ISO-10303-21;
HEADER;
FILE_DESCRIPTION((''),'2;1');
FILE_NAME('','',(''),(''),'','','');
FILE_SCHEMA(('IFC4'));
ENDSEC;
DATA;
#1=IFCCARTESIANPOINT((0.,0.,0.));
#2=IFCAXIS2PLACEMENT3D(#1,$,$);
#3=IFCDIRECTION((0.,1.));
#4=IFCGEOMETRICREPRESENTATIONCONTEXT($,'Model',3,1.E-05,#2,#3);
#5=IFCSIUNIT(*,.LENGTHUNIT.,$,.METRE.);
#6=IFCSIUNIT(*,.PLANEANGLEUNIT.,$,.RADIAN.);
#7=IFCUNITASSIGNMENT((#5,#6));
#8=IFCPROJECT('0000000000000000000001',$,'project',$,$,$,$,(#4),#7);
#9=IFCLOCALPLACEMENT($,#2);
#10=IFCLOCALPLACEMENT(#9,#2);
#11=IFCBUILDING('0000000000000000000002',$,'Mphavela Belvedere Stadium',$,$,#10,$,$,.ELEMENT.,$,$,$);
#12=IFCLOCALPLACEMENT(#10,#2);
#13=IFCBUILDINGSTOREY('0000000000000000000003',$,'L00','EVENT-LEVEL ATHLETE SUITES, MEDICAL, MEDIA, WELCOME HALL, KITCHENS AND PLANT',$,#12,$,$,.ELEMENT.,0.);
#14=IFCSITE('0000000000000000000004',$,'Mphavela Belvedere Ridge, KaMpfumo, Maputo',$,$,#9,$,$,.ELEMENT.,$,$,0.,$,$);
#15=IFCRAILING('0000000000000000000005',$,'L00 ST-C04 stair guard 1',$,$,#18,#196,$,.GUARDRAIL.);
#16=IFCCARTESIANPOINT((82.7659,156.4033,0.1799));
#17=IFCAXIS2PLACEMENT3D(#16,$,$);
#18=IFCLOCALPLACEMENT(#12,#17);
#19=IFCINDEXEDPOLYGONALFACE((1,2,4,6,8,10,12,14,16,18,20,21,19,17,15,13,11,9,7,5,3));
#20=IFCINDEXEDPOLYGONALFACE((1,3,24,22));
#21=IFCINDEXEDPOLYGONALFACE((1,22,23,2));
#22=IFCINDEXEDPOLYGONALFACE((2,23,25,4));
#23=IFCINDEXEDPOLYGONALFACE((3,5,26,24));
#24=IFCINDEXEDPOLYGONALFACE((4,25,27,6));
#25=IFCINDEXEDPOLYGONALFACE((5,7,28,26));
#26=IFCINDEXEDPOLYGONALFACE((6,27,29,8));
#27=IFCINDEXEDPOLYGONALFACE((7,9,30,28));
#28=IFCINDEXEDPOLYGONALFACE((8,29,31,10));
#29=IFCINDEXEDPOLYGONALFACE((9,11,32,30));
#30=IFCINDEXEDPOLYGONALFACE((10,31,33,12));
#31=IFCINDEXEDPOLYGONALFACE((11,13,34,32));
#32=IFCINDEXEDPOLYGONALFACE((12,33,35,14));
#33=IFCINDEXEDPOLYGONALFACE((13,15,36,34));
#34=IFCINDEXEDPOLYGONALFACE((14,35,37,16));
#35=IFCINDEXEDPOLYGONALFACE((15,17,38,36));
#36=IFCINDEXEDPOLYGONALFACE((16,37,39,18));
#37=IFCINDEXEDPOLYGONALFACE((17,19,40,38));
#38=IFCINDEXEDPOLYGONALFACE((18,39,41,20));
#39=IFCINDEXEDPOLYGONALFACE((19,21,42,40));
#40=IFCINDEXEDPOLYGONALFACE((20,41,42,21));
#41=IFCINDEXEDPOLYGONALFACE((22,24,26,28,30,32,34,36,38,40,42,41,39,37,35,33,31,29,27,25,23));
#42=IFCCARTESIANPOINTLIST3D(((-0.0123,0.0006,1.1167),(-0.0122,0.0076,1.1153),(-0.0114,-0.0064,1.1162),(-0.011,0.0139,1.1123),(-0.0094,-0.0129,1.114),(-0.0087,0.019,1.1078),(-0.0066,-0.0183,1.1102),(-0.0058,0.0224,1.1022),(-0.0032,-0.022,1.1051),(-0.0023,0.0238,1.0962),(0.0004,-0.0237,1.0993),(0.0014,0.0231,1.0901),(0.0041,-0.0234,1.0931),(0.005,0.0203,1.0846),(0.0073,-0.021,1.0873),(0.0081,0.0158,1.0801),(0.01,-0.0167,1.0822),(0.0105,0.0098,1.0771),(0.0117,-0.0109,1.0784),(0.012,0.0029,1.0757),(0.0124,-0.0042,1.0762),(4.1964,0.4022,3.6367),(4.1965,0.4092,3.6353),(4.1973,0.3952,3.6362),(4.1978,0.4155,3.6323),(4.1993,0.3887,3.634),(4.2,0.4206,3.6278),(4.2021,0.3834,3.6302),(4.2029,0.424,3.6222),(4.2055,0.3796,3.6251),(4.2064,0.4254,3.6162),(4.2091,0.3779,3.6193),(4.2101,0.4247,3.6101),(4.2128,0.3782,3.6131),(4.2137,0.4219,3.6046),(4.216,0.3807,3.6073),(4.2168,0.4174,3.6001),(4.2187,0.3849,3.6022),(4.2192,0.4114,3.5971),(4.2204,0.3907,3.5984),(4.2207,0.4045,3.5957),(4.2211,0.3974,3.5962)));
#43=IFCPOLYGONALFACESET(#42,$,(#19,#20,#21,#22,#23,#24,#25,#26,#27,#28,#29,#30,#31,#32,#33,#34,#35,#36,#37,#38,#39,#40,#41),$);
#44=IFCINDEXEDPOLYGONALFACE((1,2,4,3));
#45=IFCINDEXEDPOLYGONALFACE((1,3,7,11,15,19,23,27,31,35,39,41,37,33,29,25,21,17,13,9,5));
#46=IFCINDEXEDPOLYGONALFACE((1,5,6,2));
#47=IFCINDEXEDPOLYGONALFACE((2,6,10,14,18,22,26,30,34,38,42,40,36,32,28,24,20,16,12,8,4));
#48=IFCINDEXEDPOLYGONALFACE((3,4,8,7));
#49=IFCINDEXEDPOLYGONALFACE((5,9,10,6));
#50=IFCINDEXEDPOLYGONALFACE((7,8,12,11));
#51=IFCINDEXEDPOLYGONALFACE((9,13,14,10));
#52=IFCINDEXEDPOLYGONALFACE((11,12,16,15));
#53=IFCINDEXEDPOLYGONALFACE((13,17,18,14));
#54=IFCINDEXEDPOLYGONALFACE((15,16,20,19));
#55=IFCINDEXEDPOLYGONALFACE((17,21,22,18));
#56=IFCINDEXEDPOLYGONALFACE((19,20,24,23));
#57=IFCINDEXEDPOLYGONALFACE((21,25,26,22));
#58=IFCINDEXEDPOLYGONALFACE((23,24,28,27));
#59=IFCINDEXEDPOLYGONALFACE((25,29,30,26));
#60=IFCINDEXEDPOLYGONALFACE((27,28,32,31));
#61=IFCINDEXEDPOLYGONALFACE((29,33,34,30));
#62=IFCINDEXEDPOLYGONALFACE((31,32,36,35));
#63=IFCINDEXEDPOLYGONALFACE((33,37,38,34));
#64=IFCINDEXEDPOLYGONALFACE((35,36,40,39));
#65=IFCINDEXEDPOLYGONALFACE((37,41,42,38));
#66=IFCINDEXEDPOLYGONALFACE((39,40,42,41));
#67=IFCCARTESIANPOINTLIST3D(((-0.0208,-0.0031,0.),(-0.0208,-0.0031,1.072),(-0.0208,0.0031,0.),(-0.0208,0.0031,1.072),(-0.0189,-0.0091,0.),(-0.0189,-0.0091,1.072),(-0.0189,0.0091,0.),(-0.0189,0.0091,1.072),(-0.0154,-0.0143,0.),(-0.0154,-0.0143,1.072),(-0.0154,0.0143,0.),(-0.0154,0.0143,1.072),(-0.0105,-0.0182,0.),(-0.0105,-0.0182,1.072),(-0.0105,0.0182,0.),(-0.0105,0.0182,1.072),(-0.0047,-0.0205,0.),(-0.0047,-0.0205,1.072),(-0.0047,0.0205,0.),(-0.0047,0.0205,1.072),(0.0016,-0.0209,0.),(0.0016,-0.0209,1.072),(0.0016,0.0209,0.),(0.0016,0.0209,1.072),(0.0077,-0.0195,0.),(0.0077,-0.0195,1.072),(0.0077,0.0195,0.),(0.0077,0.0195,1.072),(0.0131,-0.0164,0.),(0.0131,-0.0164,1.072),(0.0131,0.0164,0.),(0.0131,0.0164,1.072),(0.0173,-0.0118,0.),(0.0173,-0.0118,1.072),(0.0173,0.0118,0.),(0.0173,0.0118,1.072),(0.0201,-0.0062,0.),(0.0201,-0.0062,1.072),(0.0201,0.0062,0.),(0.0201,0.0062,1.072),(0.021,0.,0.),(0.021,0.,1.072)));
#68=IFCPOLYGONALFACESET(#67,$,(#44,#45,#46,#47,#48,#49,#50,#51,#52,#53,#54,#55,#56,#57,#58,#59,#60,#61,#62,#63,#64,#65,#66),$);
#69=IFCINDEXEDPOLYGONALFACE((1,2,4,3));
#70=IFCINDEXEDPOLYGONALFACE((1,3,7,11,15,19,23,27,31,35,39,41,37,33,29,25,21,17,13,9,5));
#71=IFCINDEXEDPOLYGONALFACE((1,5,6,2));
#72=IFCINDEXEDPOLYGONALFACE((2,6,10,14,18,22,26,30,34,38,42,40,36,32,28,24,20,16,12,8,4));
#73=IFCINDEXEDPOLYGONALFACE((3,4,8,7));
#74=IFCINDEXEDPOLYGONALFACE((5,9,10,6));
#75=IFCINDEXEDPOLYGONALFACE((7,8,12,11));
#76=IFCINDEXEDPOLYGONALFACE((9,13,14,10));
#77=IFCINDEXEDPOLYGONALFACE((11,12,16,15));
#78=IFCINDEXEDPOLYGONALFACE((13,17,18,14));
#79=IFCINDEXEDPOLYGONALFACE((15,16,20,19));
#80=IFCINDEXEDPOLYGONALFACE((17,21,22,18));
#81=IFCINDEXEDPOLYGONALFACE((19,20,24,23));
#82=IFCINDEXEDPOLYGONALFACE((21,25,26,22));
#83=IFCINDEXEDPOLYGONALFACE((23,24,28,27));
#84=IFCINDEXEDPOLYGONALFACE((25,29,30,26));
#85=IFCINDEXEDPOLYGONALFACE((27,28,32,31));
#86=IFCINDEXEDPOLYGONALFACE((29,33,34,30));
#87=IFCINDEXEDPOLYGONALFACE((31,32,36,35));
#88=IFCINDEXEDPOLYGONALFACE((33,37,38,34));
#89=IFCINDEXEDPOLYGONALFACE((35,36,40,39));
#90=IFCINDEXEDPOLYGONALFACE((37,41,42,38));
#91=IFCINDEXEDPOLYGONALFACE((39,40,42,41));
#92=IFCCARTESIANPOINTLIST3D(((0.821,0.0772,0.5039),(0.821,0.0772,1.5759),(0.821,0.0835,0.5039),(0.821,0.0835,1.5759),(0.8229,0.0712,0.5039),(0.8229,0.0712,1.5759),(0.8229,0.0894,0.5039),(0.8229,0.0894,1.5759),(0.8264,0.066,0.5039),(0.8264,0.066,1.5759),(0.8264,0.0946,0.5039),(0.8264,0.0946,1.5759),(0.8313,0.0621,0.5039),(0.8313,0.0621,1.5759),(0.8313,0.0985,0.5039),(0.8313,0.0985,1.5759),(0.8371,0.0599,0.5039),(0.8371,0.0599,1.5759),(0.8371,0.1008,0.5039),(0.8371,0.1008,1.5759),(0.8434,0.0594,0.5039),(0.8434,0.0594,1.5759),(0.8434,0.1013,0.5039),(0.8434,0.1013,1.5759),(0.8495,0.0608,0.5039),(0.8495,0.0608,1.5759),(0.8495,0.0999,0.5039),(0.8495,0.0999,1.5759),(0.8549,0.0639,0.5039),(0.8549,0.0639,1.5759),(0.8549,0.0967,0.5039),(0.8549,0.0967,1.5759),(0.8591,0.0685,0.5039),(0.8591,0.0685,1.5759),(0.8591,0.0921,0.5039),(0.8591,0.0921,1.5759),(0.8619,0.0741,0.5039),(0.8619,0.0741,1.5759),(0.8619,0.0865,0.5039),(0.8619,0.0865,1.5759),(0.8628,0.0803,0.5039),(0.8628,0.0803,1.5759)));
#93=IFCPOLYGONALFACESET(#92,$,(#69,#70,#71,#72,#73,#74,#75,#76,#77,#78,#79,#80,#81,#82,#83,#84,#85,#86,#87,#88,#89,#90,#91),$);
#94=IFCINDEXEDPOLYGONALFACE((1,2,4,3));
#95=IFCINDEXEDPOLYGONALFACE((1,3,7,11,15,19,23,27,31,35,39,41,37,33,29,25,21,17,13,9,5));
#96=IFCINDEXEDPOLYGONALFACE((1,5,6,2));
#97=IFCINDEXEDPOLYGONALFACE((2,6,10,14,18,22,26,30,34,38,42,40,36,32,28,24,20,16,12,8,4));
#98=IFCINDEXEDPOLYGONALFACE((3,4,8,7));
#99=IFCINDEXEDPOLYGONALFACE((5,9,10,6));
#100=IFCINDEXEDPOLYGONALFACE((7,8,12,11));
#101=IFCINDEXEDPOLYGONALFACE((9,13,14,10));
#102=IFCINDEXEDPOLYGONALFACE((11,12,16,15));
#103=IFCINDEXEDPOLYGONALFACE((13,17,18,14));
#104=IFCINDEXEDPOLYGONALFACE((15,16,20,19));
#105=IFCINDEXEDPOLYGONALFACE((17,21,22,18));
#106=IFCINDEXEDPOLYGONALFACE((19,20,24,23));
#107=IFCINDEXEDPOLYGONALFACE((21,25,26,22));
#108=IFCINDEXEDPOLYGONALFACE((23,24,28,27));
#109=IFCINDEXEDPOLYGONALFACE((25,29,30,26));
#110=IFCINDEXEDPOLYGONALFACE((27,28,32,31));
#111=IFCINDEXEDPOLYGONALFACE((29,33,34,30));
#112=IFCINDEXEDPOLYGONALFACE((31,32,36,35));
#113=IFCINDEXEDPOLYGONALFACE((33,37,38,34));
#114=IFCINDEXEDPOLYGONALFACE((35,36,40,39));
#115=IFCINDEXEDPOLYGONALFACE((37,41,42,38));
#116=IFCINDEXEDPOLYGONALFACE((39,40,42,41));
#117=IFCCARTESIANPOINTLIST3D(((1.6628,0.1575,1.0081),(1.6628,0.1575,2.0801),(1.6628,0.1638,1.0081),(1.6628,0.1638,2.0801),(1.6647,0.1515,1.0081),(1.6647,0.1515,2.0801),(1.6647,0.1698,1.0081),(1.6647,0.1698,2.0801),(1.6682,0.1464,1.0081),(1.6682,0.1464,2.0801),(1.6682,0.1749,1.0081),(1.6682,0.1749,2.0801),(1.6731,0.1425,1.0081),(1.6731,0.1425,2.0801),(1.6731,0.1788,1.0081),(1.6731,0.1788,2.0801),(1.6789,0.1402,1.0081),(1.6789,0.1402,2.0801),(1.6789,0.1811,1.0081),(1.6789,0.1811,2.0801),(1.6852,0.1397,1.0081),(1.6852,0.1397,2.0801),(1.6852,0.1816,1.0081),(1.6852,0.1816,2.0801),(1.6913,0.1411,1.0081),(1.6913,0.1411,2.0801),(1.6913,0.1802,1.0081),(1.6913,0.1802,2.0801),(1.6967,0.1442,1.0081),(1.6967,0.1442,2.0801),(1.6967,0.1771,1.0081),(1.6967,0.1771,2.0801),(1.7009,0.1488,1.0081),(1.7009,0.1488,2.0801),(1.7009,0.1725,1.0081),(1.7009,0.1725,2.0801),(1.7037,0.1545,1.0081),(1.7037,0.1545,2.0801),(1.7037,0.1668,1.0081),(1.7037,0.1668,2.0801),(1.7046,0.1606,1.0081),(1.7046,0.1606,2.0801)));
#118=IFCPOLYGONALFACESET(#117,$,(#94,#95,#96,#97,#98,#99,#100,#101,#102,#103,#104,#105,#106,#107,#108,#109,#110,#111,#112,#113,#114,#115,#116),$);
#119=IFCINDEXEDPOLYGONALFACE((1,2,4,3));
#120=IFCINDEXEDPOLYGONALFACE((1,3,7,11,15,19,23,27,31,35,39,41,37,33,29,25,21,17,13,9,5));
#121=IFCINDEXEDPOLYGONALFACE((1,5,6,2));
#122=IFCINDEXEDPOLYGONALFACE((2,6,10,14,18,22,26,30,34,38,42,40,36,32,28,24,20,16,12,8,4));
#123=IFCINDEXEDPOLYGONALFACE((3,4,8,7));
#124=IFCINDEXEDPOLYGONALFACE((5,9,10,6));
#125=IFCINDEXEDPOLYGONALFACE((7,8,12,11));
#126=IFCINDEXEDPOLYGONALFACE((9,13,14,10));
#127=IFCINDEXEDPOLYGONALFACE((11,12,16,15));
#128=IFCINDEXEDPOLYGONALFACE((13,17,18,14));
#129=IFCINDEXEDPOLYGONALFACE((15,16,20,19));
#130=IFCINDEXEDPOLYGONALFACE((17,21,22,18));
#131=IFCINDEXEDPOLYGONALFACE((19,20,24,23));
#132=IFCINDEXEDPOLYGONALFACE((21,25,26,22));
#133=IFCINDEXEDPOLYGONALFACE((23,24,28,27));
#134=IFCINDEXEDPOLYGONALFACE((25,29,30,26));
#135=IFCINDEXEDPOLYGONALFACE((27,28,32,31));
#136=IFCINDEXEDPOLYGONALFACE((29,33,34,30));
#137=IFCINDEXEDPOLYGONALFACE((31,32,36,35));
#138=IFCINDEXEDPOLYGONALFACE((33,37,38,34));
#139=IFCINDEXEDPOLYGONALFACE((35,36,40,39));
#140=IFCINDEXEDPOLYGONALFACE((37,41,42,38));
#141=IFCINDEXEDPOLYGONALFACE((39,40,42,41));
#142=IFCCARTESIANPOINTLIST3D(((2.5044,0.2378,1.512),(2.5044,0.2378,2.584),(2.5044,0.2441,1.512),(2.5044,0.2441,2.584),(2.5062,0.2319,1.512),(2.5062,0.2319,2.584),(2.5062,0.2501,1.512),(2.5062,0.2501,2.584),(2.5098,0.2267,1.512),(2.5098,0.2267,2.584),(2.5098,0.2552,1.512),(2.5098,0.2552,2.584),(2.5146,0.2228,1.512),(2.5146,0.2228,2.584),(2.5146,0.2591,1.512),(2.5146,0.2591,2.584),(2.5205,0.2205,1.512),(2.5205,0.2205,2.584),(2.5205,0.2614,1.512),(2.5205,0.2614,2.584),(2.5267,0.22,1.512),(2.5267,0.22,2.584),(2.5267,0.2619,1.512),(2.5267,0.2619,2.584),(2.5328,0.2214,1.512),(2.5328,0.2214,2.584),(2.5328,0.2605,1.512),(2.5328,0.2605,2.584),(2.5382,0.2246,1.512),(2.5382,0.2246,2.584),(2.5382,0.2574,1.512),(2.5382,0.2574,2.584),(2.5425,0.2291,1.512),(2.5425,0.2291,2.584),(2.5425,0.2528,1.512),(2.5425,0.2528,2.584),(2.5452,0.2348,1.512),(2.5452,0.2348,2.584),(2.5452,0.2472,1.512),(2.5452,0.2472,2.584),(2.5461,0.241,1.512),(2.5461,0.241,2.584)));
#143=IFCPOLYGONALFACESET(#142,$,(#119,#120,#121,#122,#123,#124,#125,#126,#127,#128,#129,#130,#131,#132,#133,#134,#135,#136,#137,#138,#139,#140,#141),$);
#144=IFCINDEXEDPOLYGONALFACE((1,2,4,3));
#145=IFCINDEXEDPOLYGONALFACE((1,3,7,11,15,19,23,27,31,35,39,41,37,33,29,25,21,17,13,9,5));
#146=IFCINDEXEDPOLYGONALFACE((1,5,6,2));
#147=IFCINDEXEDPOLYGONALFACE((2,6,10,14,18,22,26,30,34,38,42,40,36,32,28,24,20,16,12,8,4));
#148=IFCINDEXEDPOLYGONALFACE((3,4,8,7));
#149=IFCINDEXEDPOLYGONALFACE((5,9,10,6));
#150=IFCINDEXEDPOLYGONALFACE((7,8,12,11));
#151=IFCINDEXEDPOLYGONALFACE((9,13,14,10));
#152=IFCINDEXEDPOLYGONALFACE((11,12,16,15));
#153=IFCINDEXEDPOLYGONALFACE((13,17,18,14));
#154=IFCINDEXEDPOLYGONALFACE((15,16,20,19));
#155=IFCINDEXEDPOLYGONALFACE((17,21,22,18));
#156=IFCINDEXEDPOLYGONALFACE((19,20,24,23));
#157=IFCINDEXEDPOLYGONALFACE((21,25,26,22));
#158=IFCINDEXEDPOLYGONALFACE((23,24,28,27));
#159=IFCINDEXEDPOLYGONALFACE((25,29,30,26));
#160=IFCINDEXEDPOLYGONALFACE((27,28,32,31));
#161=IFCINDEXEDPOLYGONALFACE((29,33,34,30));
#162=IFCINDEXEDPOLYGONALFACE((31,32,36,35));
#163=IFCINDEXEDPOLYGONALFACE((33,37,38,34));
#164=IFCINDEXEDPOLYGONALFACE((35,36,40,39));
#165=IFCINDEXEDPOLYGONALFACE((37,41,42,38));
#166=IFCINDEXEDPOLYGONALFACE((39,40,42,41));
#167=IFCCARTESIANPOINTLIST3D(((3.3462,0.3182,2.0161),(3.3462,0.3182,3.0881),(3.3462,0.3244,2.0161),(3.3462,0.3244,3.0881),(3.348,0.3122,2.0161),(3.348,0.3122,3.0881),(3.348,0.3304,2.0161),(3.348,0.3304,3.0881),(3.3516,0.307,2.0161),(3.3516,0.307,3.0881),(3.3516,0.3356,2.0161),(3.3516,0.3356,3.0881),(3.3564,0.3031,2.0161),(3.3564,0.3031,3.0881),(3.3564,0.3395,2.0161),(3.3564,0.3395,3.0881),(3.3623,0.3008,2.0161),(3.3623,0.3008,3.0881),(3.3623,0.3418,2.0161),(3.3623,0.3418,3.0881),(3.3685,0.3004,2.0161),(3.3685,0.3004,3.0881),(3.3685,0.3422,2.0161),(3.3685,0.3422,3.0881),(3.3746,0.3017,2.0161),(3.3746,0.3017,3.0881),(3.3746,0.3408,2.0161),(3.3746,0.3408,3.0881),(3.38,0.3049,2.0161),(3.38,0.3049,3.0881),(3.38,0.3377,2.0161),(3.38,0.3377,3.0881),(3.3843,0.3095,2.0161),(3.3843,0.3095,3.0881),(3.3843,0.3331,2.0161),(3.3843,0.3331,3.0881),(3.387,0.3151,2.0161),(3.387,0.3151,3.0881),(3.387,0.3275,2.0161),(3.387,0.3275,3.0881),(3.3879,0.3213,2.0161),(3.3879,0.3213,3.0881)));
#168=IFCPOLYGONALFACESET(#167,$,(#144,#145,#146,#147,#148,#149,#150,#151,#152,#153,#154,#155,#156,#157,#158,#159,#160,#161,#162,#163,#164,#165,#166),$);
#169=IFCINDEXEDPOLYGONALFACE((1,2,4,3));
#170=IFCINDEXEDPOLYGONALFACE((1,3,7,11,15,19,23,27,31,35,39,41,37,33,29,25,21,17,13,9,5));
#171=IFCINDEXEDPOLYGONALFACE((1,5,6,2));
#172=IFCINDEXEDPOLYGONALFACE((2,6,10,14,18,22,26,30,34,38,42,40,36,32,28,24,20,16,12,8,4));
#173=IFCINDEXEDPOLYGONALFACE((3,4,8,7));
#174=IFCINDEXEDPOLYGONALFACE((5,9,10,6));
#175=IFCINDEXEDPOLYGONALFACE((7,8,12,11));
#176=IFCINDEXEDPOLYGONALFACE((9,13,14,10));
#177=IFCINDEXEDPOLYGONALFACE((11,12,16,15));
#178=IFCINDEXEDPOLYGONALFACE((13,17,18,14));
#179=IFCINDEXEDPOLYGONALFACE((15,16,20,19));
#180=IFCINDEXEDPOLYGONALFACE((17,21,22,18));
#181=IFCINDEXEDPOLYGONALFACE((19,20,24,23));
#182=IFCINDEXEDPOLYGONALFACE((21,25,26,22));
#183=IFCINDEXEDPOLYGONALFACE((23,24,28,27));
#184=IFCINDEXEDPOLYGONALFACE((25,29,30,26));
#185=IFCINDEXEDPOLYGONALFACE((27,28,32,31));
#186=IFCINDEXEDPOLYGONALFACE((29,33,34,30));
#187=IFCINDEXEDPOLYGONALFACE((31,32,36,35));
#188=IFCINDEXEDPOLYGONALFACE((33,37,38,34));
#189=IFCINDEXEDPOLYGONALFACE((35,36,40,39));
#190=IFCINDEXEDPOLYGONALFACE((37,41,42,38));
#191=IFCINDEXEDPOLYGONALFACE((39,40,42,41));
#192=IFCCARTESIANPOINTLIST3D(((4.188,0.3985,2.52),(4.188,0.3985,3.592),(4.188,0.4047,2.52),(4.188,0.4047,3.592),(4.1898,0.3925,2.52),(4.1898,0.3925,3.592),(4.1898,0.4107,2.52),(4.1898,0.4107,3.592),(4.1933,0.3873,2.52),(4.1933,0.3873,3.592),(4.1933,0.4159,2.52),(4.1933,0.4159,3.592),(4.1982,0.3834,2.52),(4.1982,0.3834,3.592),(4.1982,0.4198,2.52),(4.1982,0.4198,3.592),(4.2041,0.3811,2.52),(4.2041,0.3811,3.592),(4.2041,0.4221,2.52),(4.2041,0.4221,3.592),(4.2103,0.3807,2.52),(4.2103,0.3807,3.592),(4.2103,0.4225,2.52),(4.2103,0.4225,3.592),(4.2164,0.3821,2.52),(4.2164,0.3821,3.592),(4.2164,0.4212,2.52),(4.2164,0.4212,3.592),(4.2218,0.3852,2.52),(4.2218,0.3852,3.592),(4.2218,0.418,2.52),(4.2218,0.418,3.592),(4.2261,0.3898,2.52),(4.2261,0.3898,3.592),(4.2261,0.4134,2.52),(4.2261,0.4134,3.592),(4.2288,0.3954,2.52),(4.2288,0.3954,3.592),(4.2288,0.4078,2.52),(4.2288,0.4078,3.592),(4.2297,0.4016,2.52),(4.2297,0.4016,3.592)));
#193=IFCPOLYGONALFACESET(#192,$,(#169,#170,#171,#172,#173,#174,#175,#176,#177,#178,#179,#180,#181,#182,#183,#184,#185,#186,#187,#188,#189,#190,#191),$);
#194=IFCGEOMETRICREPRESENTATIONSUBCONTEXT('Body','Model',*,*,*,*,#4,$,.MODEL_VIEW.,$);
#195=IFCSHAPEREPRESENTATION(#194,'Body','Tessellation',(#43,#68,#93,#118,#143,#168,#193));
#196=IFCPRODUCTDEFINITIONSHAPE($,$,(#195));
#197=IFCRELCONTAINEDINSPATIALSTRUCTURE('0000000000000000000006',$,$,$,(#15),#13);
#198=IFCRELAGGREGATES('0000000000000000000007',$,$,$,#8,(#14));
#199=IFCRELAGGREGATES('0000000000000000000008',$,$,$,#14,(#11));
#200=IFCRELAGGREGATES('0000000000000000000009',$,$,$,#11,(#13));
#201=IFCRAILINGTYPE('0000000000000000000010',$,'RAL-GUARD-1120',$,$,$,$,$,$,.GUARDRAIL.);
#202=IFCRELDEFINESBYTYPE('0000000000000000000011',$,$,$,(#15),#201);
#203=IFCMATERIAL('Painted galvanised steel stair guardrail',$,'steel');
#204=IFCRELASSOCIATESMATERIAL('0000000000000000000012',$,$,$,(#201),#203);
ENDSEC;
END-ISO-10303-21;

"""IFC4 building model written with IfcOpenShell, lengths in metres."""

from ifc_helpers import new_model, si_unit, direction, frame, origin, origin_2d, place, context, subcontext, project, spatial, circle, extrude, material, type_object, element, save


model = new_model("IFC4")

# Units and contexts
model_context = context("Model", 3, precision=1e-05, world=origin(), true_north=direction((0.0, 1.0)))
body_context = subcontext(model_context, "Body", "Model", "MODEL_VIEW")
ifc_project = project(units=[si_unit("LENGTHUNIT", "METRE"), si_unit("PLANEANGLEUNIT", "RADIAN")], contexts=[model_context])

# Site, building, storey
site_placement = place(None, origin())
site = spatial("IfcSite", under=ifc_project, at=site_placement, Name="Mphavela Belvedere Ridge, KaMpfumo, Maputo", CompositionType="ELEMENT", RefElevation=0.0)
building_placement = place(site_placement, origin())
building = spatial("IfcBuilding", under=site, at=building_placement, Name="Mphavela Belvedere Stadium", CompositionType="ELEMENT")
storey_placement = place(building_placement, origin())
storey = spatial("IfcBuildingStorey", under=building, at=storey_placement, Name="L00", Description="EVENT-LEVEL ATHLETE SUITES, MEDICAL, MEDIA, WELCOME HALL, KITCHENS AND PLANT", CompositionType="ELEMENT", Elevation=0.0)

# Railing
ifc_material_1 = material(Name="Painted galvanised steel stair guardrail", Category="steel")
railing_type_1 = type_object("IfcRailingType", Name="RAL-GUARD-1120", PredefinedType="GUARDRAIL", material=ifc_material_1)
railing_1_placement = place(storey_placement, frame((82.7659, 156.4033, 0.1799)))
element("IfcRailing", 1, at=railing_1_placement, inside=storey, type_object=railing_type_1, Name="L00 ST-C04 stair guard 1", PredefinedType="GUARDRAIL", context=body_context, shape_type="SweptSolid", body=[
    extrude(circle(Radius=0.0239, at=origin_2d()), frame((0.0, 0.0, 1.0962), z_axis=(0.855102, 0.081596, 0.511999), x_axis=(-0.094992, 0.995478, 0.0)), (0.0, 0.0, 1.0), 4.9219),
    extrude(circle(Radius=0.021, at=origin_2d()), origin(), (0.0, 0.0, 1.0), 1.072),
    extrude(circle(Radius=0.021, at=origin_2d()), frame((0.8418, 0.0803, 0.5039)), (0.0, 0.0, 1.0), 1.072),
    extrude(circle(Radius=0.021, at=origin_2d()), frame((1.6836, 0.1606, 1.0081)), (0.0, 0.0, 1.0), 1.072),
    extrude(circle(Radius=0.021, at=origin_2d()), frame((2.5251, 0.241, 1.512)), (0.0, 0.0, 1.0), 1.072),
    extrude(circle(Radius=0.021, at=origin_2d()), frame((3.3669, 0.3213, 2.0161)), (0.0, 0.0, 1.0), 1.072),
    extrude(circle(Radius=0.021, at=origin_2d()), frame((4.2087, 0.4016, 2.52)), (0.0, 0.0, 1.0), 1.072),
])

save(model, "model.ifc")
